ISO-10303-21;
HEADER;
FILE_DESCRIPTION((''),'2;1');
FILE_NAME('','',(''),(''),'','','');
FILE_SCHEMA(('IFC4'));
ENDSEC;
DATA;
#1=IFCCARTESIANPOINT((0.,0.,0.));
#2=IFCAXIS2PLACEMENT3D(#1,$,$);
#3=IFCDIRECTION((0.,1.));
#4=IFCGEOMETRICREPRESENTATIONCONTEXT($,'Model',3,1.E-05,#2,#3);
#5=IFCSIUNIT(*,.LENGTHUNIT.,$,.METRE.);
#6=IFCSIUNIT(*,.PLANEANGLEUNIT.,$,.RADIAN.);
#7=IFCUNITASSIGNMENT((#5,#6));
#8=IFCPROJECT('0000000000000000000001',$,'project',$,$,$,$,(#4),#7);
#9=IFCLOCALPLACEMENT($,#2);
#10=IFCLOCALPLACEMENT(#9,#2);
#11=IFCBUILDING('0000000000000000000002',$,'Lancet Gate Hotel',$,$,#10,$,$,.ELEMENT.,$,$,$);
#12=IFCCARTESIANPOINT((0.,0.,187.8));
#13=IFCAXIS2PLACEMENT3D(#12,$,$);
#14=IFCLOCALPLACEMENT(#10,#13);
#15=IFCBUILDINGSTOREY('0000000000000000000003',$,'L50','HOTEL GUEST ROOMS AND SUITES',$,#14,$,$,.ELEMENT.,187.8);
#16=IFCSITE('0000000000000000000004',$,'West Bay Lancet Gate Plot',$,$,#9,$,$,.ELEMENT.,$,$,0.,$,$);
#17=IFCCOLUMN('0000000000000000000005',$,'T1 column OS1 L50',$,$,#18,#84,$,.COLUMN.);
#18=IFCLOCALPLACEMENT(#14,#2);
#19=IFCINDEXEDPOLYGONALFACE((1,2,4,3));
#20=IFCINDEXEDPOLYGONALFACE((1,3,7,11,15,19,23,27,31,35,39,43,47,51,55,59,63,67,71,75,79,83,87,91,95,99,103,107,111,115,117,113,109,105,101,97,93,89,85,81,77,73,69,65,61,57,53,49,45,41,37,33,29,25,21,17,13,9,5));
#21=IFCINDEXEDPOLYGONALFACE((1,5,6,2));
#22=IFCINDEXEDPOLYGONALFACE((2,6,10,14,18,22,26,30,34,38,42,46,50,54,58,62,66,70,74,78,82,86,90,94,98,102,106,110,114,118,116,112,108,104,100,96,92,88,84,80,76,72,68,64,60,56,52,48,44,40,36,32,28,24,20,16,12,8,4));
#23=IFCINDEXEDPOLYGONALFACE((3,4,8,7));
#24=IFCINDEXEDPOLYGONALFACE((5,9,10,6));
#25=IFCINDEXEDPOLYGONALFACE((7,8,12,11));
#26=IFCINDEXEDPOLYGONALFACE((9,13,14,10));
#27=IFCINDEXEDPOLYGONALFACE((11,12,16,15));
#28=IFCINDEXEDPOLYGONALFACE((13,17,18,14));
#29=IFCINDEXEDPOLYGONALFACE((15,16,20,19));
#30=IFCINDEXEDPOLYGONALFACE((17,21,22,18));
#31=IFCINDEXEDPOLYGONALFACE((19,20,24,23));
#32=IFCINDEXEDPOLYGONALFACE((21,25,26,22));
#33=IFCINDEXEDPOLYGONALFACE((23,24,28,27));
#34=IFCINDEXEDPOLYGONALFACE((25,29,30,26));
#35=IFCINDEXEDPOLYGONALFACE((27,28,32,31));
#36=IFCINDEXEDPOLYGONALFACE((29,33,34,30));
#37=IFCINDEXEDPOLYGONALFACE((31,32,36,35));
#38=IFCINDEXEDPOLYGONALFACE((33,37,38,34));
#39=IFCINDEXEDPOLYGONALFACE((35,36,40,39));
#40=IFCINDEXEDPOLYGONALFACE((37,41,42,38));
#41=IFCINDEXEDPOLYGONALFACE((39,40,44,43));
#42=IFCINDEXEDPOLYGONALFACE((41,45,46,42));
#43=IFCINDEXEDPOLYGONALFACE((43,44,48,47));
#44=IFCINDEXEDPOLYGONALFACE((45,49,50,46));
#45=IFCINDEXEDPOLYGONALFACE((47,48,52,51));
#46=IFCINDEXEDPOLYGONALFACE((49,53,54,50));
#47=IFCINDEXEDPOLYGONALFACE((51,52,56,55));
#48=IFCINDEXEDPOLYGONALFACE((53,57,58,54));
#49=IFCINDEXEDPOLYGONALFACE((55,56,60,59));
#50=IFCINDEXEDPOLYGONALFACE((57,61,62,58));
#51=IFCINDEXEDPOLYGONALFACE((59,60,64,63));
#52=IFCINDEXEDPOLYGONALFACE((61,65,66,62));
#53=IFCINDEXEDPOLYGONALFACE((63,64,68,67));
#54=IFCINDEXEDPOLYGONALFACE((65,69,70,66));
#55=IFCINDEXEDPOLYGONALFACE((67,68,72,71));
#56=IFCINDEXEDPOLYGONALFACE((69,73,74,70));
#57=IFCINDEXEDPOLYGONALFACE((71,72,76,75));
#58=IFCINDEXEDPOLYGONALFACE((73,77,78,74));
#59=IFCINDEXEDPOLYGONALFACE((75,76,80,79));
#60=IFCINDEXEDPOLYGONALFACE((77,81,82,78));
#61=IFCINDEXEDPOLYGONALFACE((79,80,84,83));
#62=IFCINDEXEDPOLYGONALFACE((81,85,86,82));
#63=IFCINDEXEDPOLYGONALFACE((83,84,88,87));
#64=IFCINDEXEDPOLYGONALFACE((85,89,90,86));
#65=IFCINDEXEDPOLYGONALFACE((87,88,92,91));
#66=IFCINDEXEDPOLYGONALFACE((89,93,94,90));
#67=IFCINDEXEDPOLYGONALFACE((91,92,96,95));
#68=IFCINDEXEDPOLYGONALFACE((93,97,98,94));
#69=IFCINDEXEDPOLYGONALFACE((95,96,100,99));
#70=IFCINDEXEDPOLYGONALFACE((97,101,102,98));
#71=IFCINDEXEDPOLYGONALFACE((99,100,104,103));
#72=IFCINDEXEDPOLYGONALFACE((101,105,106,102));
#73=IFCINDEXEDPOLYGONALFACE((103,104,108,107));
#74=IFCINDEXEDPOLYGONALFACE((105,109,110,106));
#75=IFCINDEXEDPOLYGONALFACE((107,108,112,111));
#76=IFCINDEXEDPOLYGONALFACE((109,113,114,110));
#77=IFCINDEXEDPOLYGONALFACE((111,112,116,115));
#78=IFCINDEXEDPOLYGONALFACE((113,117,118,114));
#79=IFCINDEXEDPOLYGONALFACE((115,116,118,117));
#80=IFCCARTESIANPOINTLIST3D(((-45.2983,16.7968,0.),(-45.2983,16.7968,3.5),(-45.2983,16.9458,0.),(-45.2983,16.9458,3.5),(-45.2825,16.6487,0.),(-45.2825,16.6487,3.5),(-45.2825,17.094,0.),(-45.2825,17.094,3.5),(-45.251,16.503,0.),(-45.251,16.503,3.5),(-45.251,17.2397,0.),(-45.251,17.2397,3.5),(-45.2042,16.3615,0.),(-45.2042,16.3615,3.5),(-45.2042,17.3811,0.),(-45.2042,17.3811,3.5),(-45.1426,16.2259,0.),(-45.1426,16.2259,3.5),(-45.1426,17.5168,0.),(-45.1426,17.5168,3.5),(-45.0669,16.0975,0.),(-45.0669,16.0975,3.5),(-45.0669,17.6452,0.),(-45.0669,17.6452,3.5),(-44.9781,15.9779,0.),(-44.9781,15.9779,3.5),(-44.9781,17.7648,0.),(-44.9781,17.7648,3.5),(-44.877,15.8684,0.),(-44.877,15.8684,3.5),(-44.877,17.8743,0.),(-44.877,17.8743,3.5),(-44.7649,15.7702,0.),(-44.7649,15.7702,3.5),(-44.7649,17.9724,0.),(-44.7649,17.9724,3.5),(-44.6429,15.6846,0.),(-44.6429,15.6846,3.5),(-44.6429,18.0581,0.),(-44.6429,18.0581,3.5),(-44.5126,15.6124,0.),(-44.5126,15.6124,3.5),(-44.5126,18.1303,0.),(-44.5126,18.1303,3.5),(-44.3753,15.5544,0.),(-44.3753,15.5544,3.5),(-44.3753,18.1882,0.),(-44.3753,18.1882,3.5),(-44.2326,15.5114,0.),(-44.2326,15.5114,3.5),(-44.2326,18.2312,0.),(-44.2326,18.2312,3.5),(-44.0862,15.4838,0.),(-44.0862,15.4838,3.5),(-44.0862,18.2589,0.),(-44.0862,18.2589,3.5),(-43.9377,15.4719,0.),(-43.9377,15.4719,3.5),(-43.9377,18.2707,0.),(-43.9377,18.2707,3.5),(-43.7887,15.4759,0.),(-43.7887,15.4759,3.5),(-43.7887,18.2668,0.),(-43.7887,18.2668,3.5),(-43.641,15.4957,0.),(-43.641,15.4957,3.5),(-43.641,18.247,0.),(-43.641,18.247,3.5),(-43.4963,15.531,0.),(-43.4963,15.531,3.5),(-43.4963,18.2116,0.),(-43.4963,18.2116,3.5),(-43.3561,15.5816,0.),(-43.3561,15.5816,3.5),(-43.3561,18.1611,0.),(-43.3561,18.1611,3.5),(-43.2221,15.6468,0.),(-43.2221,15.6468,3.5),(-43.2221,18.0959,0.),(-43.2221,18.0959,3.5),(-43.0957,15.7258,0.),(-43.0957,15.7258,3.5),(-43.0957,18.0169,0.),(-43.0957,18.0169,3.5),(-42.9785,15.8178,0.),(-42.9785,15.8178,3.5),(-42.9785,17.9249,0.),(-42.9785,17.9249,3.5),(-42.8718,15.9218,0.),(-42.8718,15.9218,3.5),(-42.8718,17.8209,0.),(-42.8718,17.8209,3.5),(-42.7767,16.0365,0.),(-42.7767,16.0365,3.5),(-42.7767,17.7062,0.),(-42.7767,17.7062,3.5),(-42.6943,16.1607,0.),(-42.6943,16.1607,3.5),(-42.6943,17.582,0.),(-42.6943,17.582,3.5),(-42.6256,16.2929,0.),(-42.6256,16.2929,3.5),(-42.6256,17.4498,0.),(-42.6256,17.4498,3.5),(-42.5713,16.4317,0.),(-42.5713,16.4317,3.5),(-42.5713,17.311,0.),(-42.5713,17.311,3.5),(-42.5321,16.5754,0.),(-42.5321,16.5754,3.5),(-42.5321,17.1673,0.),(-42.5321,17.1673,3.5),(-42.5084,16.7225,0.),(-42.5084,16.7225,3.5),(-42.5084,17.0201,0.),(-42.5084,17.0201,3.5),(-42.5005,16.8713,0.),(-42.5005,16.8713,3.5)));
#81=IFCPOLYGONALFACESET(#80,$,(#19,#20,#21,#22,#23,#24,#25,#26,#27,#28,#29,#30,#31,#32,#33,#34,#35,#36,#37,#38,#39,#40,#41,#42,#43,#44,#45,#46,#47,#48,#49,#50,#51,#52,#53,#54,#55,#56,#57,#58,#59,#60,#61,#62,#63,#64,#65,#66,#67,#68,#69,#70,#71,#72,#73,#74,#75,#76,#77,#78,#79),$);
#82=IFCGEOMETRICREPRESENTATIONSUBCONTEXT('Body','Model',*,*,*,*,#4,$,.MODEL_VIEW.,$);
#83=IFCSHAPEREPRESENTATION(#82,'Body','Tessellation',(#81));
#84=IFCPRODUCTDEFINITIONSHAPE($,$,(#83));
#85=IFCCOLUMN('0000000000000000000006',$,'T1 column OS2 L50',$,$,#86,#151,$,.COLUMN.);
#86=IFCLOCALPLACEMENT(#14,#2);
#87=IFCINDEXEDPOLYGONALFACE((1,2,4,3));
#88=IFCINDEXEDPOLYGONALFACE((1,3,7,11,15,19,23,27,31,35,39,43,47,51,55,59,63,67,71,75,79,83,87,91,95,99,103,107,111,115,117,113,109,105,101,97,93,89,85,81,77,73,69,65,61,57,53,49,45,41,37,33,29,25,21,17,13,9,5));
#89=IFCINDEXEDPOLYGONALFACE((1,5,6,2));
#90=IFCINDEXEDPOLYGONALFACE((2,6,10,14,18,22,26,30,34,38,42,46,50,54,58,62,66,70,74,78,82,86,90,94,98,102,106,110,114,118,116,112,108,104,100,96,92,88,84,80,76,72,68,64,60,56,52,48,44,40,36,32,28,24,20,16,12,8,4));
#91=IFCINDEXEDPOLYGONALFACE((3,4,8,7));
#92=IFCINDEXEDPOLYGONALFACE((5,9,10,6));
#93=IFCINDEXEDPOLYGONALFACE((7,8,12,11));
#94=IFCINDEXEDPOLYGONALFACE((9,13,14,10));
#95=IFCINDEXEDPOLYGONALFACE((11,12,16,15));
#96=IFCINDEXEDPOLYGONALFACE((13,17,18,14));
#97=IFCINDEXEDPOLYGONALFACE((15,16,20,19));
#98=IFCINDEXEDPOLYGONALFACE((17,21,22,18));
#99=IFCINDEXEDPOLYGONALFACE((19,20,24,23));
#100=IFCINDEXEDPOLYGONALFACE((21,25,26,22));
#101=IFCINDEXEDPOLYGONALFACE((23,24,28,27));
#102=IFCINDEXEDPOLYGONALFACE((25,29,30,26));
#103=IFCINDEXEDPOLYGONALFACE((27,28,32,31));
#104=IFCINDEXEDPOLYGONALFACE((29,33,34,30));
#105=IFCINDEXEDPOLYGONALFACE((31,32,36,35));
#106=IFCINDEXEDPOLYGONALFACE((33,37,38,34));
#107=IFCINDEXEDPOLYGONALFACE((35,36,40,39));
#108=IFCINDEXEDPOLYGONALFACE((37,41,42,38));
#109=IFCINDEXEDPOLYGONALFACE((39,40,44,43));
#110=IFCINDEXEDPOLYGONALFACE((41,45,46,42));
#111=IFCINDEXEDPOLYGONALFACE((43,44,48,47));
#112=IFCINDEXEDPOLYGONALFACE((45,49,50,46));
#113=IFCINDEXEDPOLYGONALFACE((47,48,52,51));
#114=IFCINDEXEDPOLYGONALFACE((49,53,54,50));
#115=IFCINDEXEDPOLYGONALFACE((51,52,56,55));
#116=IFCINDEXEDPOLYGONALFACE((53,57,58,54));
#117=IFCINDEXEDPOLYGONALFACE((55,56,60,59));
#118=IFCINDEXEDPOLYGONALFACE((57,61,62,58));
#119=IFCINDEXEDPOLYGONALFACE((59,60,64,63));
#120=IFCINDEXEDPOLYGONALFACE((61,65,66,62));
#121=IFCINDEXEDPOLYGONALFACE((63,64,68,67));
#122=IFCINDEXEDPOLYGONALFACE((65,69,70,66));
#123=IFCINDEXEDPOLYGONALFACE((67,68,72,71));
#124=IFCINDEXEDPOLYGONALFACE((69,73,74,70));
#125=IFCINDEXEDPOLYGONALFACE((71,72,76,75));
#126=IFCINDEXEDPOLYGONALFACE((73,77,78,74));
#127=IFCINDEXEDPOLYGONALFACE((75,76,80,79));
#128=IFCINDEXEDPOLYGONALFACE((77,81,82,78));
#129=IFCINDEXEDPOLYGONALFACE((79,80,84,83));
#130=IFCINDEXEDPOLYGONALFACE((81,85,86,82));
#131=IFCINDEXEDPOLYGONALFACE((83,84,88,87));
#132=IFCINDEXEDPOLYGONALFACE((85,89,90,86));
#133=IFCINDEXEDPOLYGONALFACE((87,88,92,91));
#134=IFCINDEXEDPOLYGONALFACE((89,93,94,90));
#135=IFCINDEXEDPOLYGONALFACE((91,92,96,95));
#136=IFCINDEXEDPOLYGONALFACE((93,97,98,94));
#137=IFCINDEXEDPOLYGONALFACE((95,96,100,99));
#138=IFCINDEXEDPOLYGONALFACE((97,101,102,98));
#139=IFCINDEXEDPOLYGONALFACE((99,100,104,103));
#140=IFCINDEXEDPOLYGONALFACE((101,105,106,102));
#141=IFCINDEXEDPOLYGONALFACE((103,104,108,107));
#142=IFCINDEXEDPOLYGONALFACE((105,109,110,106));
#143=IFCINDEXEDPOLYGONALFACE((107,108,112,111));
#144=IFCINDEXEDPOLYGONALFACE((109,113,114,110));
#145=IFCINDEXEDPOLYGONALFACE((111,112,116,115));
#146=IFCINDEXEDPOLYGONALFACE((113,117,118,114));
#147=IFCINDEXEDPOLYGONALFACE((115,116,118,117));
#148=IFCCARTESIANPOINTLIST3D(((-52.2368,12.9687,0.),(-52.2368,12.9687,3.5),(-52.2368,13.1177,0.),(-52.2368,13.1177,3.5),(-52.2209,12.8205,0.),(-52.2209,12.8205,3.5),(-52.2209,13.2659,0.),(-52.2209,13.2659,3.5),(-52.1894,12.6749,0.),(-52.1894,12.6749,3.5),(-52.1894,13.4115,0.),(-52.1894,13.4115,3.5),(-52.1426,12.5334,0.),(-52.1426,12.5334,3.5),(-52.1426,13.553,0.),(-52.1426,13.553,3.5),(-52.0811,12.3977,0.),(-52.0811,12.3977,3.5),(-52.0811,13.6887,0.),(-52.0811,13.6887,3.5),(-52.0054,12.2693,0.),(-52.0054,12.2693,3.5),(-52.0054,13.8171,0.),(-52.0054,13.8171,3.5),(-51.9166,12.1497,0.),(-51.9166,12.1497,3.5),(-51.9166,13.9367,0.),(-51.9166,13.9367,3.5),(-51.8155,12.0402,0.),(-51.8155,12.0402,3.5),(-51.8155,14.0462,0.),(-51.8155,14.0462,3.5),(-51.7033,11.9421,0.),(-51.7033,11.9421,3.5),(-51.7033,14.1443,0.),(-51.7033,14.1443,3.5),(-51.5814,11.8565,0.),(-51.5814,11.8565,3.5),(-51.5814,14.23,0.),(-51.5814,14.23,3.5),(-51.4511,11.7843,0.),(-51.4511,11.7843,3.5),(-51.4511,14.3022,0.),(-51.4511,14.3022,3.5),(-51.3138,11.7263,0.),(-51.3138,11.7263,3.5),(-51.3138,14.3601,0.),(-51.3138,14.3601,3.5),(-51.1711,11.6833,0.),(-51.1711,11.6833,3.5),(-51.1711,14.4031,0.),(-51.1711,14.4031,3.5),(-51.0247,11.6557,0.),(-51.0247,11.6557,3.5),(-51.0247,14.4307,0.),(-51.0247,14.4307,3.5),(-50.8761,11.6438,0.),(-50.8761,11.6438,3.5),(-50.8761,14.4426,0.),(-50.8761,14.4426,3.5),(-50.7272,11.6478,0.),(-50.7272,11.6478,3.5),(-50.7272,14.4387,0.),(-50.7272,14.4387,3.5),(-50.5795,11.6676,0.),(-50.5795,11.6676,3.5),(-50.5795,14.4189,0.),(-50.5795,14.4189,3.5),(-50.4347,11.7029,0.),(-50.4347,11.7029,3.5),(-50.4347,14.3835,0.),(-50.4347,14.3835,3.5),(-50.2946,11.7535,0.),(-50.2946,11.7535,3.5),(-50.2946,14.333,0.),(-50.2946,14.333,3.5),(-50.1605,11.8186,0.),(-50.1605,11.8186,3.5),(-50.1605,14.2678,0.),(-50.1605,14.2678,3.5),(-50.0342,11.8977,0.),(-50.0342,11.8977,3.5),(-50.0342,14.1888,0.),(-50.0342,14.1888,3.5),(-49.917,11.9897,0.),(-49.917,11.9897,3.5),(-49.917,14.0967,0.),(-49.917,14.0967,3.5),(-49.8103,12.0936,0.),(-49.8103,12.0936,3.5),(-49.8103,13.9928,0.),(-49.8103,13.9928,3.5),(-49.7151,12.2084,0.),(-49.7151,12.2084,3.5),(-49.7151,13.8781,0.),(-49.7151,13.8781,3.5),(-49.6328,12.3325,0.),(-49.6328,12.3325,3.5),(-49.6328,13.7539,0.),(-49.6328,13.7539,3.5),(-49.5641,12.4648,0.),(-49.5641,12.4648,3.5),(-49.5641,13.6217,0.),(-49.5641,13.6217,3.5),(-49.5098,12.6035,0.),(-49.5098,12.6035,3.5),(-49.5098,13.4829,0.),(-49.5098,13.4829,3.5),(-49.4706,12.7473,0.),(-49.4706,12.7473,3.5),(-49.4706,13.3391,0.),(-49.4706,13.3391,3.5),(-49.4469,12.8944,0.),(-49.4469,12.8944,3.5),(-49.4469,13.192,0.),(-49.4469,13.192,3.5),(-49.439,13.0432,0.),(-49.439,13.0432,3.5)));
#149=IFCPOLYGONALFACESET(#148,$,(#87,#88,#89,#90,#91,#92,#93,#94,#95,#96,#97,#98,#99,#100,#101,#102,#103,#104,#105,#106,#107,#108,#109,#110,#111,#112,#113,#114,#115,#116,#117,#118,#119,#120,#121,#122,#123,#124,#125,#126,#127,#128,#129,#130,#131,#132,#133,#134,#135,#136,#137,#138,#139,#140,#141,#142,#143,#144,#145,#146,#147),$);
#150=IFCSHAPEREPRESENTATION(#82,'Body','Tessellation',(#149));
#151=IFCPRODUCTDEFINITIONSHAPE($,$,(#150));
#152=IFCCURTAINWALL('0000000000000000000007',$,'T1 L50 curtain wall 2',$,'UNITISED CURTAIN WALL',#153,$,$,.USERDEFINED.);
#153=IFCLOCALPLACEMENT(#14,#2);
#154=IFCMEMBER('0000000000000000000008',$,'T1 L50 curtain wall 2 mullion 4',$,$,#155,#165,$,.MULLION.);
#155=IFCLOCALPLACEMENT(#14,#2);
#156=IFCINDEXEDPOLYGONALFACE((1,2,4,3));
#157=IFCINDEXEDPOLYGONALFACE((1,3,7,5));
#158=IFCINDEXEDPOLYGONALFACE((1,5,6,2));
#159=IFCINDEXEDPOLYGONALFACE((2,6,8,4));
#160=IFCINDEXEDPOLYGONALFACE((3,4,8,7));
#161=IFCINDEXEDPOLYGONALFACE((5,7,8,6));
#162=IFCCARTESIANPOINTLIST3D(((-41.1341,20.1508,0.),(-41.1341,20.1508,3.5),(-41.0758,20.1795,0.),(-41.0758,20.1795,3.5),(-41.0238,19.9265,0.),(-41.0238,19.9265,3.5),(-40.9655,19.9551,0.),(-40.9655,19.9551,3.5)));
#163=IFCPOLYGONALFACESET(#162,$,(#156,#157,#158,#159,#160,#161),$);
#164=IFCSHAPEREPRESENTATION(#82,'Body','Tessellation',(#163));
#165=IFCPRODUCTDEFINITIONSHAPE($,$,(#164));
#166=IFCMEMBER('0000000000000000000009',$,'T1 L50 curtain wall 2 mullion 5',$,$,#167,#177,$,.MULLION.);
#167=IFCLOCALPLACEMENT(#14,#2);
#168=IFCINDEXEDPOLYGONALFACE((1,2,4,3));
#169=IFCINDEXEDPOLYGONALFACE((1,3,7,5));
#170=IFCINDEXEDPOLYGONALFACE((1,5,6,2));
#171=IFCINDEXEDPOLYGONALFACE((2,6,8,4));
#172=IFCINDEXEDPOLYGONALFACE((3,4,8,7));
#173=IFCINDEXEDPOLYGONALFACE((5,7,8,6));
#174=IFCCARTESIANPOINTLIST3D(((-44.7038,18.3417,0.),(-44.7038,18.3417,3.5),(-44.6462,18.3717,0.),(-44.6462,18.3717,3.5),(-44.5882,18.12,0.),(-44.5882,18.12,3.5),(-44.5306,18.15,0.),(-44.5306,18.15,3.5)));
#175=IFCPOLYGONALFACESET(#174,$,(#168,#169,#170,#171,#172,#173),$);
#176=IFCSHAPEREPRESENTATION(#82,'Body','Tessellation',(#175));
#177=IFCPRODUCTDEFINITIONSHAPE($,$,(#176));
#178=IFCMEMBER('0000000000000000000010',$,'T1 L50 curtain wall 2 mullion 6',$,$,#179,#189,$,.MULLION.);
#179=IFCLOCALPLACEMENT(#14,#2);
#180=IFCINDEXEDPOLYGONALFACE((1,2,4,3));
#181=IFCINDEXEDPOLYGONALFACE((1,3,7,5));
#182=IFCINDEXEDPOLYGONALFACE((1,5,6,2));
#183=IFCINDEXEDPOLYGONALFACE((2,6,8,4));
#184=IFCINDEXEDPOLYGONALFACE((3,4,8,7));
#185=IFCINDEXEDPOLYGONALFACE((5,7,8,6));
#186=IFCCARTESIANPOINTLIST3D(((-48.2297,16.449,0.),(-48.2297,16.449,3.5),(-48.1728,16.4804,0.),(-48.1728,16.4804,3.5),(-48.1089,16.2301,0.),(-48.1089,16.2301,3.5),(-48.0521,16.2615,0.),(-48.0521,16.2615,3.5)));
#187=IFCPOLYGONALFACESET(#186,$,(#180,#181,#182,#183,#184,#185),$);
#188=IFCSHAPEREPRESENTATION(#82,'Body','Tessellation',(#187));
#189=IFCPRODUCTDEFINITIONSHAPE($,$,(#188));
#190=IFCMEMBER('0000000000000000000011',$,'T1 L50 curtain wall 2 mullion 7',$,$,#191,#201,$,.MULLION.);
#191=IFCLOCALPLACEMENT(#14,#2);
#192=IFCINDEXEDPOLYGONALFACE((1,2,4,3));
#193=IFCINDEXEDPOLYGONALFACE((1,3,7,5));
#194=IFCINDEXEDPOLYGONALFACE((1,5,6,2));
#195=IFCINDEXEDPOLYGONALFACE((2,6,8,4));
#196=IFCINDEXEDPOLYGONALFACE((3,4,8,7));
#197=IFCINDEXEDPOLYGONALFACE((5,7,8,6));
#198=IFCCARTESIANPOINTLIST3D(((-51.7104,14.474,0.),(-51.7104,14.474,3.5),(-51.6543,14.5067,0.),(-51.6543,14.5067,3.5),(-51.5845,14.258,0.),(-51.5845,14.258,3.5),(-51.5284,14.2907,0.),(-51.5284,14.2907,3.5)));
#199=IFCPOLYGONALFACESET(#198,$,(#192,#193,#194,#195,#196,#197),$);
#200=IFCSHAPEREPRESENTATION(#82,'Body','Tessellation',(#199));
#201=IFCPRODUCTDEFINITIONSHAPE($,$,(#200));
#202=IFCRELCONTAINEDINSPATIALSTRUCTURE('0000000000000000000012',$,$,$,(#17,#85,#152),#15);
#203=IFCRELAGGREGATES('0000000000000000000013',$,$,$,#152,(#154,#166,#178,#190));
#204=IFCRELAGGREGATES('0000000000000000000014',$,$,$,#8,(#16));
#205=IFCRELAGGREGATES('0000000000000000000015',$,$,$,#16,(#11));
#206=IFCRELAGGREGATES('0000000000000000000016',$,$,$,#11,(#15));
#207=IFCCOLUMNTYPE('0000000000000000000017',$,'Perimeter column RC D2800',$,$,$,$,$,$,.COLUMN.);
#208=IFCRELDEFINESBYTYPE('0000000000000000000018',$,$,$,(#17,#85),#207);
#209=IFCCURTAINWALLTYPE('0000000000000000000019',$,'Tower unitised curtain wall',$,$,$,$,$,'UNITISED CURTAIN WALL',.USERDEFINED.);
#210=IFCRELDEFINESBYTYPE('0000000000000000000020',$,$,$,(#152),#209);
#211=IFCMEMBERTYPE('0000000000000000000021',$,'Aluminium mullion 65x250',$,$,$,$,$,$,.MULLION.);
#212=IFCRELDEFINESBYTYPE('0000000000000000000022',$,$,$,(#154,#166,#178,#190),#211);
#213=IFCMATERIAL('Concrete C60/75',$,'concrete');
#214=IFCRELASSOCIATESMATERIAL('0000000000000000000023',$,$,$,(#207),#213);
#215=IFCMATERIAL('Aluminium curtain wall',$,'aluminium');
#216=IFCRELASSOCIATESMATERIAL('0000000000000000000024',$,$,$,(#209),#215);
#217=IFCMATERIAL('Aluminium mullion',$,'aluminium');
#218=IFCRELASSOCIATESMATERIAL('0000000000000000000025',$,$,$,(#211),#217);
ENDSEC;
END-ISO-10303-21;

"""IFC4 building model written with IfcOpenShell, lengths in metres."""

from ifc_helpers import new_model, si_unit, direction, frame, origin, origin_2d, place, context, subcontext, project, spatial, rectangle, circle, extrude, material, material_profile, profile_set, type_object, element, aggregate, save


model = new_model("IFC4")

# Units and contexts
model_context = context("Model", 3, precision=1e-05, world=origin(), true_north=direction((0.0, 1.0)))
body_context = subcontext(model_context, "Body", "Model", "MODEL_VIEW")
ifc_project = project(units=[si_unit("LENGTHUNIT", "METRE"), si_unit("PLANEANGLEUNIT", "RADIAN")], contexts=[model_context])

# Site, building, storey
site_placement = place(None, origin())
site = spatial("IfcSite", under=ifc_project, at=site_placement, Name="West Bay Lancet Gate Plot", CompositionType="ELEMENT", RefElevation=0.0)
building_placement = place(site_placement, origin())
building = spatial("IfcBuilding", under=site, at=building_placement, Name="Lancet Gate Hotel", CompositionType="ELEMENT")
storey_placement = place(building_placement, frame((0.0, 0.0, 187.8)))
storey = spatial("IfcBuildingStorey", under=building, at=storey_placement, Name="L50", Description="HOTEL GUEST ROOMS AND SUITES", CompositionType="ELEMENT", Elevation=187.8)

# Columns
ifc_material_1 = material(Name="Concrete C60/75", Category="concrete")
ifc_material_profile_1 = material_profile(ifc_material_1, circle(Radius=1.3999, at=origin_2d()), Name="RC D2800")
ifc_profile_set_1 = profile_set([ifc_material_profile_1], Name="Concrete C60/75")
column_type = type_object("IfcColumnType", Name="Perimeter column RC D2800", PredefinedType="COLUMN", material=ifc_profile_set_1)
for number, where, z_axis, x_axis, name in (
    (1, (-43.9004, 16.8713, 0.0), (0.0, 0.0, 1.0), (1.0, 0.0, 0.0), "T1 column OS1 L50"),
    (2, (-50.8389, 13.0432, 0.0), (0.0, 0.0, 1.0), (1.0, 0.0, 0.0), "T1 column OS2 L50"),
):
    element("IfcColumn", number, at=place(storey_placement, frame(where, z_axis=z_axis, x_axis=x_axis)), inside=storey, type_object=column_type, Name=name, PredefinedType="COLUMN", context=body_context, shape_type="SweptSolid", body=[
        extrude(circle(Radius=1.3999, at=origin_2d()), origin(), (0.0, 0.0, 1.0), 3.5),
    ])

# Curtain wall, members
ifc_material_2 = material(Name="Aluminium curtain wall", Category="aluminium")
curtain_wall_type = type_object("IfcCurtainWallType", Name="Tower unitised curtain wall", ElementType="UNITISED CURTAIN WALL", PredefinedType="USERDEFINED", material=ifc_material_2)
curtain_wall_placement = place(storey_placement, origin())
curtain_wall = element("IfcCurtainWall", 3, at=curtain_wall_placement, inside=storey, type_object=curtain_wall_type, Name="T1 L50 curtain wall 2", ObjectType="UNITISED CURTAIN WALL", PredefinedType="USERDEFINED")
ifc_material_3 = material(Name="Aluminium mullion", Category="aluminium")
ifc_material_profile_2 = material_profile(ifc_material_3, rectangle(XDim=0.0649, YDim=0.25, at=origin_2d()), Name="MULLION 65x250")
ifc_profile_set_2 = profile_set([ifc_material_profile_2], Name="Aluminium mullion")
member_type_1 = type_object("IfcMemberType", Name="Aluminium mullion 65x250", PredefinedType="MULLION", material=ifc_profile_set_2)
member_1_placement = place(storey_placement, frame((-41.0498, 20.053, 0.0), z_axis=(0.0, 0.0, 1.0), x_axis=(-0.897324, -0.441372, 0.0)))
member_1 = element("IfcMember", 4, at=member_1_placement, type_object=member_type_1, Name="T1 L50 curtain wall 2 mullion 4", PredefinedType="MULLION", context=body_context, shape_type="SweptSolid", body=[
    extrude(rectangle(XDim=0.0649, YDim=0.25, at=origin_2d()), origin(), (0.0, 0.0, 1.0), 3.5),
])
member_2_placement = place(storey_placement, frame((-44.6172, 18.2458, 0.0), z_axis=(0.0, 0.0, 1.0), x_axis=(-0.886694, -0.462356, 0.0)))
member_2 = element("IfcMember", 5, at=member_2_placement, type_object=member_type_1, Name="T1 L50 curtain wall 2 mullion 5", PredefinedType="MULLION", context=body_context, shape_type="SweptSolid", body=[
    extrude(rectangle(XDim=0.0649, YDim=0.25, at=origin_2d()), origin(), (0.0, 0.0, 1.0), 3.5),
])
member_3_placement = place(storey_placement, frame((-48.1409, 16.3552, 0.0), z_axis=(0.0, 0.0, 1.0), x_axis=(-0.875574, -0.483084, 0.0)))
member_3 = element("IfcMember", 6, at=member_3_placement, type_object=member_type_1, Name="T1 L50 curtain wall 2 mullion 6", PredefinedType="MULLION", context=body_context, shape_type="SweptSolid", body=[
    extrude(rectangle(XDim=0.0649, YDim=0.25, at=origin_2d()), origin(), (0.0, 0.0, 1.0), 3.5),
])
member_4_placement = place(storey_placement, frame((-51.6194, 14.3823, 0.0), z_axis=(0.0, 0.0, 1.0), x_axis=(-0.863969, -0.503545, 0.0)))
member_4 = element("IfcMember", 7, at=member_4_placement, type_object=member_type_1, Name="T1 L50 curtain wall 2 mullion 7", PredefinedType="MULLION", context=body_context, shape_type="SweptSolid", body=[
    extrude(rectangle(XDim=0.0649, YDim=0.25, at=origin_2d()), origin(), (0.0, 0.0, 1.0), 3.5),
])

aggregate(curtain_wall, [member_1, member_2, member_3, member_4])

save(model, "model.ifc")
